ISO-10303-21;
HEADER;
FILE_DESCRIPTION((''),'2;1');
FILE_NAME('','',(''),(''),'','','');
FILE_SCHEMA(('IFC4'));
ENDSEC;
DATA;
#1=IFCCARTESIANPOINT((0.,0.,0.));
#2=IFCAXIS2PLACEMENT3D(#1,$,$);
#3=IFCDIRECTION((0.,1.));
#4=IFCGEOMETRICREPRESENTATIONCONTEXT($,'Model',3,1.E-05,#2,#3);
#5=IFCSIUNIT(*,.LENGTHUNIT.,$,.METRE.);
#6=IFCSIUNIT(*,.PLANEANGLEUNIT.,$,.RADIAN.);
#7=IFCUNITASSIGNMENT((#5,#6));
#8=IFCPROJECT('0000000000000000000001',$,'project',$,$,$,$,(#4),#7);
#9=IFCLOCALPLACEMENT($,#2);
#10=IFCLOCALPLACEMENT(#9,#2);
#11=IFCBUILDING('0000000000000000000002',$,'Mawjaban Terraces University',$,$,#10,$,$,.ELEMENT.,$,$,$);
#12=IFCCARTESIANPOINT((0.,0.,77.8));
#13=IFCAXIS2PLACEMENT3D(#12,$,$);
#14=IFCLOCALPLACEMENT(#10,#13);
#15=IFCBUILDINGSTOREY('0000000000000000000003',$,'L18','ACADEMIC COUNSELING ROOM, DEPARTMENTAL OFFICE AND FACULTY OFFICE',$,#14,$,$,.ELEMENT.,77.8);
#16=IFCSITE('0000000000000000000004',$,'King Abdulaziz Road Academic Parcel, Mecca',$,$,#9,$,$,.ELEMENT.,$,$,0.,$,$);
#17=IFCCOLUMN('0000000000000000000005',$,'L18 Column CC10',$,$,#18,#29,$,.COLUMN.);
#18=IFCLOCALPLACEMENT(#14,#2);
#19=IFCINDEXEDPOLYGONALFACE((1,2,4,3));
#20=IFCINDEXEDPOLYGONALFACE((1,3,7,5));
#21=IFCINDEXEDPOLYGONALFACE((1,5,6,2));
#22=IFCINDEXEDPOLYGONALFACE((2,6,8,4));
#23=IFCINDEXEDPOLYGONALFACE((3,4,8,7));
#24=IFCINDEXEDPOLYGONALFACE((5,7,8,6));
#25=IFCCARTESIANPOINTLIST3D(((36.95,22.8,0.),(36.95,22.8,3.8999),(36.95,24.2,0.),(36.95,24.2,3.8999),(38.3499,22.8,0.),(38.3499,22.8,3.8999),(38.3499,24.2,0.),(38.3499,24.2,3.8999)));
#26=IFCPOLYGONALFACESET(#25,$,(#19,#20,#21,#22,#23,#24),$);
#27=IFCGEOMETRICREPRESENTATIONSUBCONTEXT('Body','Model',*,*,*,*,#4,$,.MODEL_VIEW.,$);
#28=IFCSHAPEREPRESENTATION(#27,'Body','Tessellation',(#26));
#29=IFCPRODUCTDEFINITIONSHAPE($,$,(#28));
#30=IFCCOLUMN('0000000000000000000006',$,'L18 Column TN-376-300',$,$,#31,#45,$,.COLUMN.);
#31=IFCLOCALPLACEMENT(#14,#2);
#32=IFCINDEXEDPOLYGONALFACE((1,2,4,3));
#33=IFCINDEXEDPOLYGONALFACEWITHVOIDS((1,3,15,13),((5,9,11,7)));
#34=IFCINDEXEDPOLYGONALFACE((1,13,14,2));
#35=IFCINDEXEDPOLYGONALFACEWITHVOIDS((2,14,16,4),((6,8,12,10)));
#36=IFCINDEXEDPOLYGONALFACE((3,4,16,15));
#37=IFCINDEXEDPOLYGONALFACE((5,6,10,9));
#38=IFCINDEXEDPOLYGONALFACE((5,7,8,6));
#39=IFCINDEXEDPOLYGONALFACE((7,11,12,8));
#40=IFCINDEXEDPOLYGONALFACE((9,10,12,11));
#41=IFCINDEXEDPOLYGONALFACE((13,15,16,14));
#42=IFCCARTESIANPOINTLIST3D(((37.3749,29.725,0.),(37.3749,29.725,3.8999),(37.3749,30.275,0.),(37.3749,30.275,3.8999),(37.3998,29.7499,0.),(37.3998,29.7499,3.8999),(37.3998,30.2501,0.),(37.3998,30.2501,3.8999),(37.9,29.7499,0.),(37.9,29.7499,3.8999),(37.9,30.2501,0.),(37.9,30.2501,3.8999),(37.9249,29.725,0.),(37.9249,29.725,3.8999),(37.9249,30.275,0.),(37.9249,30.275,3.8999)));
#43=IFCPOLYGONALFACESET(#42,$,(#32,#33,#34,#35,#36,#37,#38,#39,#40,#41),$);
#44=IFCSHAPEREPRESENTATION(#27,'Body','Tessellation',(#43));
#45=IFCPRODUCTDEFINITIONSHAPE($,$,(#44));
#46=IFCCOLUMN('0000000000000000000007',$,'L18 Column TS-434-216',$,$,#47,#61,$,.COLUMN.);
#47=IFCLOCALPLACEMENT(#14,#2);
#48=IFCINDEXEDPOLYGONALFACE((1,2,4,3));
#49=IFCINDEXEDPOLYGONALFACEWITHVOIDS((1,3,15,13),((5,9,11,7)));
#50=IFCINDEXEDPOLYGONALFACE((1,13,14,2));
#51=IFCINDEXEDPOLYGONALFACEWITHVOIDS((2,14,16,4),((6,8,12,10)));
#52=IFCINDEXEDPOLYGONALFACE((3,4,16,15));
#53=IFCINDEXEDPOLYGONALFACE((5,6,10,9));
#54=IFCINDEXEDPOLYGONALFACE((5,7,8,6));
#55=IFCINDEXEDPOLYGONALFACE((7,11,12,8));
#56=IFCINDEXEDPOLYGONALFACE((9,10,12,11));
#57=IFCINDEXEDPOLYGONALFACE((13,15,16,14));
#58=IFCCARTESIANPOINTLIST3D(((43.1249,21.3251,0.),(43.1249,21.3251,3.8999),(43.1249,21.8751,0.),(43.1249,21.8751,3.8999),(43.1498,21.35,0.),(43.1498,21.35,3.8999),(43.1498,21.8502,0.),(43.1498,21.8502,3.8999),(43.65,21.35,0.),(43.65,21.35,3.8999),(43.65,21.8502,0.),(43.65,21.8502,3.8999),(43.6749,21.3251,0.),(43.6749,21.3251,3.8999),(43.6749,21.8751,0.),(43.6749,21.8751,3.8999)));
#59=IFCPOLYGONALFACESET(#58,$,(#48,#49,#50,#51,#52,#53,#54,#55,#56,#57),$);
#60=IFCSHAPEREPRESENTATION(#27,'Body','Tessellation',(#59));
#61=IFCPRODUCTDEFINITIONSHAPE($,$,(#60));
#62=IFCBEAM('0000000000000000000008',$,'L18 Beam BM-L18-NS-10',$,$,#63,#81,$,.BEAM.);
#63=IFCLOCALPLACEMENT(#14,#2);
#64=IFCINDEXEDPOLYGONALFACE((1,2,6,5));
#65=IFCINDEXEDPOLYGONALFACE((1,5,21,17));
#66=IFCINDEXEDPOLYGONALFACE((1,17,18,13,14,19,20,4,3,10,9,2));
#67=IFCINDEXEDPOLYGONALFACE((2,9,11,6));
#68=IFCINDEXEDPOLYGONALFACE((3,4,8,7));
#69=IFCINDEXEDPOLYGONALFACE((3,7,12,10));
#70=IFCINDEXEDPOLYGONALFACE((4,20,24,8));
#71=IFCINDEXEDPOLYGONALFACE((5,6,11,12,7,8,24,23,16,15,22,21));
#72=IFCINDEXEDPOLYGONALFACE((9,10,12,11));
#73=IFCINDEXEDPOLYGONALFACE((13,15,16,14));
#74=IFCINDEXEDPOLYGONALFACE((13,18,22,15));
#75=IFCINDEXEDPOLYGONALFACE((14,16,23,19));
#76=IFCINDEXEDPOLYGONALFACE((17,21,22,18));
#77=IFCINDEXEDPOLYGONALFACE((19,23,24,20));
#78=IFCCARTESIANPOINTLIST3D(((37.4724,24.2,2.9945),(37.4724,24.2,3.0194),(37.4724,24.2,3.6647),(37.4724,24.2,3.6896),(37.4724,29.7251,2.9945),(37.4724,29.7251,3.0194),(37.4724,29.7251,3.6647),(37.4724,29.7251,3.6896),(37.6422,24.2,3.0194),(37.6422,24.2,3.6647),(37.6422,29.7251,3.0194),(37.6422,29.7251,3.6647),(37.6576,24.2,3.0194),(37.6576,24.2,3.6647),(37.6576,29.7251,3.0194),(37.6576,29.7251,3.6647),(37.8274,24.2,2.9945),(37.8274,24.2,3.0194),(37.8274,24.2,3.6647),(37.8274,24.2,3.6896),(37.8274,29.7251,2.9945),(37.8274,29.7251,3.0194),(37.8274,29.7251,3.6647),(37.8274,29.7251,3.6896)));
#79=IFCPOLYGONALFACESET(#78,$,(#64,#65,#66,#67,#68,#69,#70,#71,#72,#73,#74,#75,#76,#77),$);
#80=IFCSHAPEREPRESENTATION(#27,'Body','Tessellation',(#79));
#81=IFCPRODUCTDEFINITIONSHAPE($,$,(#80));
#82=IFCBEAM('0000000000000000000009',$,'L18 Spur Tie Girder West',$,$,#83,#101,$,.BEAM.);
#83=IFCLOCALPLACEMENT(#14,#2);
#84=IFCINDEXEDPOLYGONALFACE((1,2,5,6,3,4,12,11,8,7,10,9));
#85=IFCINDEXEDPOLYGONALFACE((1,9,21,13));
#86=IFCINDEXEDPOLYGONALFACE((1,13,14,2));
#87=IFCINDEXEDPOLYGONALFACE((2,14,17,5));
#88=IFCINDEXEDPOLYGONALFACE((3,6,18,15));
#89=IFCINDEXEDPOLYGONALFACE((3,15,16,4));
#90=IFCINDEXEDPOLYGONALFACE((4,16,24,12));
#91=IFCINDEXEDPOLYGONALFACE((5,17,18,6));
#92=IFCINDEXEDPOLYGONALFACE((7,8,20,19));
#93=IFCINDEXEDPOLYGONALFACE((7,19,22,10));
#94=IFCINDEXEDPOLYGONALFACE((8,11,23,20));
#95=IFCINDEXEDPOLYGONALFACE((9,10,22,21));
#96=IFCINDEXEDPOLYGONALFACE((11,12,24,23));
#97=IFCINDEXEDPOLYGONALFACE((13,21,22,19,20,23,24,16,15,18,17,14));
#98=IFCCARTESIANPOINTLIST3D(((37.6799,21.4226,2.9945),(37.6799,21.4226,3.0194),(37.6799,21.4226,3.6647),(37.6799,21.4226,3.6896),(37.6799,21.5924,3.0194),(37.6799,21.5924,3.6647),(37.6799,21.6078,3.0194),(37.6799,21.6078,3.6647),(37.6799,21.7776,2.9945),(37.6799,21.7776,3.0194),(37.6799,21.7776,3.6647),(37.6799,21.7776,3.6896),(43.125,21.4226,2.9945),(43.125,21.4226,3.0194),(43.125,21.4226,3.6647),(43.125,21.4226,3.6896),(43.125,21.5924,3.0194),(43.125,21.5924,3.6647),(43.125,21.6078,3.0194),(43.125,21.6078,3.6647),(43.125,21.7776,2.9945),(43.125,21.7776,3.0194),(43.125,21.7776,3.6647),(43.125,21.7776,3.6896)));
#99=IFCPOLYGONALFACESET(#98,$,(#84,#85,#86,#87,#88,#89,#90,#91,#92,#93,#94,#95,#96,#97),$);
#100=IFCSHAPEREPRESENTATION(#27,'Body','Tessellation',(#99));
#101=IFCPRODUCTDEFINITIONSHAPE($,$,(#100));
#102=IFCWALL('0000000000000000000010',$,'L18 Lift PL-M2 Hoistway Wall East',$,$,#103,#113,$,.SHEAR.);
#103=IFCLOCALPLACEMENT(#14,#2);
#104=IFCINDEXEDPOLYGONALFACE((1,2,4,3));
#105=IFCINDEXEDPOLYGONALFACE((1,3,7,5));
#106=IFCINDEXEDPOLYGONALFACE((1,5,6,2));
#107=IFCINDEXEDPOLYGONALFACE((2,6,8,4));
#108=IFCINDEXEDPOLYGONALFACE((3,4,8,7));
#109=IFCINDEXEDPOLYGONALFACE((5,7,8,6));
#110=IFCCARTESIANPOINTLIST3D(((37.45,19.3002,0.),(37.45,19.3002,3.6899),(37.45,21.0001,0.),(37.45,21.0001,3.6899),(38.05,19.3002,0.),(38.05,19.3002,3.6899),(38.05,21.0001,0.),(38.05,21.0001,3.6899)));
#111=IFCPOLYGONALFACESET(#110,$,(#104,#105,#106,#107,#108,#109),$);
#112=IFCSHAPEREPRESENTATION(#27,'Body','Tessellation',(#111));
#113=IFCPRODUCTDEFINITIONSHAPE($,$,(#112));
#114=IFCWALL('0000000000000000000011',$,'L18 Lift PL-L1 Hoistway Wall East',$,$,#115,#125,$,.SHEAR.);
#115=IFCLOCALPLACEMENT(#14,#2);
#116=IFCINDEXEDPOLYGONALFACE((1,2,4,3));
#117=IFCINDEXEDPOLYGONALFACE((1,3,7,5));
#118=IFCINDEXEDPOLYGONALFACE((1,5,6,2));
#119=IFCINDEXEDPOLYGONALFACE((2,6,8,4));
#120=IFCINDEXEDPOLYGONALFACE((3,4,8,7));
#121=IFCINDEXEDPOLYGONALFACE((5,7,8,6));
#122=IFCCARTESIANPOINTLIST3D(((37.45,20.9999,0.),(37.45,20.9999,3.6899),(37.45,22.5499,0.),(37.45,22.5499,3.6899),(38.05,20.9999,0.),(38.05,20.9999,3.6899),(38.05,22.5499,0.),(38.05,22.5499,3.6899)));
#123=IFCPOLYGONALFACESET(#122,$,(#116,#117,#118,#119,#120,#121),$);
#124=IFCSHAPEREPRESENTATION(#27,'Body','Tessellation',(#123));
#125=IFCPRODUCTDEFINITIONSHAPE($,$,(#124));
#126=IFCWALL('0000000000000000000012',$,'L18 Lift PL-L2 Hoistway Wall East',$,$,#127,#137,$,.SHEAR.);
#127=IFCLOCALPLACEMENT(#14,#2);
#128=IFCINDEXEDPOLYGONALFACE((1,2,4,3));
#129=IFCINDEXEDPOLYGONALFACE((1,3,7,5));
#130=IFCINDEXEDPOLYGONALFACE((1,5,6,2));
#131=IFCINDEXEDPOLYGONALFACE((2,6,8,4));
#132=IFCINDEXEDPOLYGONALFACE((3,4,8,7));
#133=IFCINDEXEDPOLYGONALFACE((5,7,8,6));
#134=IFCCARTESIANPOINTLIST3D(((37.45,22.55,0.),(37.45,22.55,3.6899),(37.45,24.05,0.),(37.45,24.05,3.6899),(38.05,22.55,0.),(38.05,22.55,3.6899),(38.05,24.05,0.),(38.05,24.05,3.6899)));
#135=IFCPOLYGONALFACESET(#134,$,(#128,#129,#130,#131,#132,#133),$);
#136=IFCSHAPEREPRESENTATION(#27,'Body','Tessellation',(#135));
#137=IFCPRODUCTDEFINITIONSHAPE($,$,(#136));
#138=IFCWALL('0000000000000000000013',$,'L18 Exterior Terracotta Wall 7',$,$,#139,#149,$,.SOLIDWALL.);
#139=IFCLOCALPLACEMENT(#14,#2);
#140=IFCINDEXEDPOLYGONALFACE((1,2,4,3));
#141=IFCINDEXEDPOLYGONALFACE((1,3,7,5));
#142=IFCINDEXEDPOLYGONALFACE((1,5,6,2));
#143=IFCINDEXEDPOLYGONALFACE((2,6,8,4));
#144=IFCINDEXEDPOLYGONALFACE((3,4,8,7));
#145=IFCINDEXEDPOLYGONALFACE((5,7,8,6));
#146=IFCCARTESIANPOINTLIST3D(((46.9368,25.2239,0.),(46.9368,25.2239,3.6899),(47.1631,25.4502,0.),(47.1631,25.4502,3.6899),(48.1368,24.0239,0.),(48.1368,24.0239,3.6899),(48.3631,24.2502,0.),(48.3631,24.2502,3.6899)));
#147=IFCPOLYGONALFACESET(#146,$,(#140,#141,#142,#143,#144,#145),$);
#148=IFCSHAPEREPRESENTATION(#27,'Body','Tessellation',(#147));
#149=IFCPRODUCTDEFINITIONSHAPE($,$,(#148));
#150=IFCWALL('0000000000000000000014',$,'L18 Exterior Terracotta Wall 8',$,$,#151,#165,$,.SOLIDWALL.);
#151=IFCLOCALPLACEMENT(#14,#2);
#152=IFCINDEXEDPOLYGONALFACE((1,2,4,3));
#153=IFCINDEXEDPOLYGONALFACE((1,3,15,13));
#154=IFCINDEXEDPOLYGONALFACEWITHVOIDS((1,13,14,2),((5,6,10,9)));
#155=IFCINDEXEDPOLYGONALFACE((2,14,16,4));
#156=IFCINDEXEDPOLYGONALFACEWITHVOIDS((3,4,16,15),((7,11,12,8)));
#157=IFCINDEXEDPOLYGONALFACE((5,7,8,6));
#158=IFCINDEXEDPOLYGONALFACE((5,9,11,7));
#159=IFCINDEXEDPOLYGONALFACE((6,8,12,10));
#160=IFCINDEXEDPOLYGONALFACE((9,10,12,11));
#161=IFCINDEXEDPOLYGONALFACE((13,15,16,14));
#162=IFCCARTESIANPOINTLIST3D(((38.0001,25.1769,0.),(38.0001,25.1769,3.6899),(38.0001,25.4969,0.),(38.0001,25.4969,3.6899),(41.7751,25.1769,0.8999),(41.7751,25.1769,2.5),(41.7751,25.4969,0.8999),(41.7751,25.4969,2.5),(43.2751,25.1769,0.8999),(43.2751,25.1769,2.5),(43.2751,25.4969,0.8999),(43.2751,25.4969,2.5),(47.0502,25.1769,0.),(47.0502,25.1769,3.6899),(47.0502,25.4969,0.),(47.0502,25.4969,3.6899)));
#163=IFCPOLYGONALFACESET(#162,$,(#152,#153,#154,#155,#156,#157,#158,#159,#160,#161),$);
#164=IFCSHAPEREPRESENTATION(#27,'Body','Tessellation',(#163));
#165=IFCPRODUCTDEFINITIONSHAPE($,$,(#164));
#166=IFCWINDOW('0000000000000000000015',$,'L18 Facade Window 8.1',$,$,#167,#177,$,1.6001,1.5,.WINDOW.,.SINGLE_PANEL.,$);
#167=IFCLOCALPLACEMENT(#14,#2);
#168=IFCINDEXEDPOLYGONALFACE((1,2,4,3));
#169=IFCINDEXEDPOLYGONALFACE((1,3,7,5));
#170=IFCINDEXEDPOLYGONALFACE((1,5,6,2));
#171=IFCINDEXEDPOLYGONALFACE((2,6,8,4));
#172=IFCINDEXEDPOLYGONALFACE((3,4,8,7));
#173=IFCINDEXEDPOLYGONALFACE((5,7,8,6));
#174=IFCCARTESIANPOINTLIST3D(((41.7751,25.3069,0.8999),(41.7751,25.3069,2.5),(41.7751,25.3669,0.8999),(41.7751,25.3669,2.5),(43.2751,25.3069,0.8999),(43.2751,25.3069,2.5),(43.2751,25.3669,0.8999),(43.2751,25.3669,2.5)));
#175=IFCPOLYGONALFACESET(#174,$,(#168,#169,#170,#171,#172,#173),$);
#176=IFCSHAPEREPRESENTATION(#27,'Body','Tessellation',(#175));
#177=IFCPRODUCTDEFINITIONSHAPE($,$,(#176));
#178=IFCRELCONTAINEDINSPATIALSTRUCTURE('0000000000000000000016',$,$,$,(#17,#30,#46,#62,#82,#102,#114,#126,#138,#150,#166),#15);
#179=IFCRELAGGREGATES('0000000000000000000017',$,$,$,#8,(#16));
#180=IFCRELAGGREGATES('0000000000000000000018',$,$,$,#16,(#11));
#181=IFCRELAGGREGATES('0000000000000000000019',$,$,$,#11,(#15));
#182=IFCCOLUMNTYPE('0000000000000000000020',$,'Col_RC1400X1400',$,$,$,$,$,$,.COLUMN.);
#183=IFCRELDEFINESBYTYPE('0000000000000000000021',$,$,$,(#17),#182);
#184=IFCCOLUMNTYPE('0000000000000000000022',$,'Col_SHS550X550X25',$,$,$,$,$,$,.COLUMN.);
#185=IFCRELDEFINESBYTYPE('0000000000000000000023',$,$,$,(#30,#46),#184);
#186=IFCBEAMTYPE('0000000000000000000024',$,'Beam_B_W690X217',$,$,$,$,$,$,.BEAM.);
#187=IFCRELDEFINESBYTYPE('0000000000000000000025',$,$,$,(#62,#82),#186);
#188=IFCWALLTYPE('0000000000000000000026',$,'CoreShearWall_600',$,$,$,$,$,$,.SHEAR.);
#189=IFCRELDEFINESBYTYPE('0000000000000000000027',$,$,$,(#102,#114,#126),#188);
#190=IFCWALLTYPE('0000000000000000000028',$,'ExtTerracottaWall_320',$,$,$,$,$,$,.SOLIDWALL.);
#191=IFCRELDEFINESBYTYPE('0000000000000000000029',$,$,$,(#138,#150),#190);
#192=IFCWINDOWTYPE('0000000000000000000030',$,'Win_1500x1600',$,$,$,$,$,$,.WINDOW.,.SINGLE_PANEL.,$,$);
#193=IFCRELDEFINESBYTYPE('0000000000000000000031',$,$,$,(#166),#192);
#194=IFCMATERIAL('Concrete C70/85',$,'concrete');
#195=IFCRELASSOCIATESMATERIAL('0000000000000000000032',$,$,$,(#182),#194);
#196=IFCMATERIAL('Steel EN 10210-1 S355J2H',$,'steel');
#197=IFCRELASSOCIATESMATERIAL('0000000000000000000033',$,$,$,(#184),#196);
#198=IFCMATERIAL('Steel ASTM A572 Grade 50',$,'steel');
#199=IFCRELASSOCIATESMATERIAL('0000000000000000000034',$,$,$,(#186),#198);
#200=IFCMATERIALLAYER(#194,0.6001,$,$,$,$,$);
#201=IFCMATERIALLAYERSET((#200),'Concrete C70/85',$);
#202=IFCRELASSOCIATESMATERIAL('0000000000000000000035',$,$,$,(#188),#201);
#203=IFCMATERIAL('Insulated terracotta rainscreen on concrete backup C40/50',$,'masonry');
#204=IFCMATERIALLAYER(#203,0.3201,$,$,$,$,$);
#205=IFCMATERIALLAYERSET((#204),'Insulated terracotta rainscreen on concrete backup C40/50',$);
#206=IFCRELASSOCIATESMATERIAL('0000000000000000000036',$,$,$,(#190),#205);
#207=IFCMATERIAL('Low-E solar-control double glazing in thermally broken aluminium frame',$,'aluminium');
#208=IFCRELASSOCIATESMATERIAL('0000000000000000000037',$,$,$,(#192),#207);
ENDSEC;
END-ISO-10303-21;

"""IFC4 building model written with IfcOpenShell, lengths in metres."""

from ifc_helpers import new_model, si_unit, direction, frame, frame_2d, origin, origin_2d, place, context, subcontext, project, spatial, rectangle, hollow_rectangle, i_section, extrude, material, layer, layer_set, material_profile, profile_set, type_object, element, fill, save


model = new_model("IFC4")

# Units and contexts
model_context = context("Model", 3, precision=1e-05, world=origin(), true_north=direction((0.0, 1.0)))
body_context = subcontext(model_context, "Body", "Model", "MODEL_VIEW")
ifc_project = project(units=[si_unit("LENGTHUNIT", "METRE"), si_unit("PLANEANGLEUNIT", "RADIAN")], contexts=[model_context])

# Site, building, storey
site_placement = place(None, origin())
site = spatial("IfcSite", under=ifc_project, at=site_placement, Name="King Abdulaziz Road Academic Parcel, Mecca", CompositionType="ELEMENT", RefElevation=0.0)
building_placement = place(site_placement, origin())
building = spatial("IfcBuilding", under=site, at=building_placement, Name="Mawjaban Terraces University", CompositionType="ELEMENT")
storey_placement = place(building_placement, frame((0.0, 0.0, 77.8)))
storey = spatial("IfcBuildingStorey", under=building, at=storey_placement, Name="L18", Description="ACADEMIC COUNSELING ROOM, DEPARTMENTAL OFFICE AND FACULTY OFFICE", CompositionType="ELEMENT", Elevation=77.8)

# Columns
ifc_material_1 = material(Name="Concrete C70/85", Category="concrete")
ifc_material_profile_1 = material_profile(ifc_material_1, rectangle(XDim=1.3999, YDim=1.3999, at=origin_2d()), Name="RC1400X1400")
ifc_profile_set_1 = profile_set([ifc_material_profile_1], Name="Concrete C70/85")
column_type_1 = type_object("IfcColumnType", Name="Col_RC1400X1400", PredefinedType="COLUMN", material=ifc_profile_set_1)
column_placement = place(storey_placement, frame((37.6499, 23.5, 0.0), z_axis=(0.0, 0.0, 1.0), x_axis=(1.0, 0.0, 0.0)))
element("IfcColumn", 1, at=column_placement, inside=storey, type_object=column_type_1, Name="L18 Column CC10", PredefinedType="COLUMN", context=body_context, shape_type="SweptSolid", body=[
    extrude(rectangle(XDim=1.3999, YDim=1.3999, at=origin_2d()), origin(), (0.0, 0.0, 1.0), 3.8999),
])
ifc_material_2 = material(Name="Steel EN 10210-1 S355J2H", Category="steel")
ifc_material_profile_2 = material_profile(ifc_material_2, hollow_rectangle(XDim=0.55, YDim=0.55, WallThickness=0.0249, at=origin_2d()), Name="SHS550X550X25")
ifc_profile_set_2 = profile_set([ifc_material_profile_2], Name="Steel EN 10210-1 S355J2H")
column_type_2 = type_object("IfcColumnType", Name="Col_SHS550X550X25", PredefinedType="COLUMN", material=ifc_profile_set_2)
for number, where, z_axis, x_axis, name in (
    (2, (37.6499, 30.0, 0.0), (0.0, 0.0, 1.0), (1.0, 0.0, 0.0), "L18 Column TN-376-300"),
    (3, (43.3999, 21.6001, 0.0), (0.0, 0.0, 1.0), (1.0, 0.0, 0.0), "L18 Column TS-434-216"),
):
    element("IfcColumn", number, at=place(storey_placement, frame(where, z_axis=z_axis, x_axis=x_axis)), inside=storey, type_object=column_type_2, Name=name, PredefinedType="COLUMN", context=body_context, shape_type="SweptSolid", body=[
        extrude(hollow_rectangle(XDim=0.55, YDim=0.55, WallThickness=0.0249, at=origin_2d()), origin(), (0.0, 0.0, 1.0), 3.8999),
    ])

# Beams
ifc_material_3 = material(Name="Steel ASTM A572 Grade 50", Category="steel")
ifc_material_profile_3 = material_profile(ifc_material_3, i_section(OverallWidth=0.355, OverallDepth=0.6951, WebThickness=0.0154, FlangeThickness=0.0249, at=origin_2d()), Name="W690X217")
ifc_profile_set_3 = profile_set([ifc_material_profile_3], Name="Steel ASTM A572 Grade 50")
beam_type = type_object("IfcBeamType", Name="Beam_B_W690X217", PredefinedType="BEAM", material=ifc_profile_set_3)
beam_1_placement = place(storey_placement, frame((37.6499, 24.2, 3.342), z_axis=(0.0, 1.0, 0.0), x_axis=(-1.0, 0.0, 0.0)))
element("IfcBeam", 4, at=beam_1_placement, inside=storey, type_object=beam_type, Name="L18 Beam BM-L18-NS-10", PredefinedType="BEAM", context=body_context, shape_type="SweptSolid", body=[
    extrude(i_section(OverallWidth=0.355, OverallDepth=0.6951, WebThickness=0.0154, FlangeThickness=0.0249, at=origin_2d()), origin(), (0.0, 0.0, 1.0), 5.5251),
])
beam_2_placement = place(storey_placement, frame((37.6799, 21.6001, 3.342), z_axis=(1.0, 0.0, 0.0), x_axis=(0.0, 1.0, 0.0)))
element("IfcBeam", 5, at=beam_2_placement, inside=storey, type_object=beam_type, Name="L18 Spur Tie Girder West", PredefinedType="BEAM", context=body_context, shape_type="SweptSolid", body=[
    extrude(i_section(OverallWidth=0.355, OverallDepth=0.6951, WebThickness=0.0154, FlangeThickness=0.0249, at=origin_2d()), origin(), (0.0, 0.0, 1.0), 5.4451),
])

# Walls
ifc_layer_1 = layer(ifc_material_1, 0.6001)
ifc_layer_set_1 = layer_set([ifc_layer_1], Name="Concrete C70/85")
wall_type_1 = type_object("IfcWallType", Name="CoreShearWall_600", PredefinedType="SHEAR", material=ifc_layer_set_1)
wall_1_placement = place(storey_placement, frame((37.75, 19.3, 0.0), z_axis=(0.0, 0.0, 1.0), x_axis=(0.0, 1.0, 0.0)))
element("IfcWall", 6, at=wall_1_placement, inside=storey, type_object=wall_type_1, Name="L18 Lift PL-M2 Hoistway Wall East", PredefinedType="SHEAR", context=body_context, shape_type="SweptSolid", body=[
    extrude(rectangle(XDim=1.7, YDim=0.6001, at=frame_2d((0.8501, 0.0))), origin(), (0.0, 0.0, 1.0), 3.6899),
])
wall_2_placement = place(storey_placement, frame((37.75, 21.0, 0.0), z_axis=(0.0, 0.0, 1.0), x_axis=(0.0, 1.0, 0.0)))
element("IfcWall", 7, at=wall_2_placement, inside=storey, type_object=wall_type_1, Name="L18 Lift PL-L1 Hoistway Wall East", PredefinedType="SHEAR", context=body_context, shape_type="SweptSolid", body=[
    extrude(rectangle(XDim=1.55, YDim=0.6001, at=frame_2d((0.7749, 0.0))), origin(), (0.0, 0.0, 1.0), 3.6899),
])
wall_3_placement = place(storey_placement, frame((37.75, 22.55, 0.0), z_axis=(0.0, 0.0, 1.0), x_axis=(0.0, 1.0, 0.0)))
element("IfcWall", 8, at=wall_3_placement, inside=storey, type_object=wall_type_1, Name="L18 Lift PL-L2 Hoistway Wall East", PredefinedType="SHEAR", context=body_context, shape_type="SweptSolid", body=[
    extrude(rectangle(XDim=1.5, YDim=0.6001, at=frame_2d((0.75, 0.0))), origin(), (0.0, 0.0, 1.0), 3.6899),
])
ifc_material_4 = material(Name="Insulated terracotta rainscreen on concrete backup C40/50", Category="masonry")
ifc_layer_2 = layer(ifc_material_4, 0.3201)
ifc_layer_set_2 = layer_set([ifc_layer_2], Name="Insulated terracotta rainscreen on concrete backup C40/50")
wall_type_2 = type_object("IfcWallType", Name="ExtTerracottaWall_320", PredefinedType="SOLIDWALL", material=ifc_layer_set_2)
wall_4_placement = place(storey_placement, frame((48.25, 24.137, 0.0), z_axis=(0.0, 0.0, 1.0), x_axis=(-0.707107, 0.707107, 0.0)))
element("IfcWall", 9, at=wall_4_placement, inside=storey, type_object=wall_type_2, Name="L18 Exterior Terracotta Wall 7", PredefinedType="SOLIDWALL", context=body_context, shape_type="SweptSolid", body=[
    extrude(rectangle(XDim=1.697, YDim=0.3201, at=frame_2d((0.8486, 0.0))), origin(), (0.0, 0.0, 1.0), 3.6899),
])

# Wall, opening, window
wall_5_placement = place(storey_placement, frame((47.05, 25.3369, 0.0), z_axis=(0.0, 0.0, 1.0), x_axis=(-1.0, 0.0, 0.0)))
wall_5 = element("IfcWall", 10, at=wall_5_placement, inside=storey, type_object=wall_type_2, Name="L18 Exterior Terracotta Wall 8", PredefinedType="SOLIDWALL", context=body_context, shape_type="SweptSolid", body=[
    extrude(rectangle(XDim=9.05, YDim=0.3201, at=frame_2d((4.5249, 0.0))), origin(), (0.0, 0.0, 1.0), 3.6899),
])
opening_1_placement = place(wall_5_placement, frame((3.7749, 0.0, 0.8999)))
opening_1 = element("IfcOpeningElement", 11, at=opening_1_placement, cuts=wall_5, PredefinedType="OPENING", context=body_context, shape_type="SweptSolid", body=[
    extrude(rectangle(XDim=1.5, YDim=1.6001, at=frame_2d((0.75, 0.8))), frame((0.0, 0.1699, 0.0), z_axis=(0.0, -1.0, 0.0), x_axis=(1.0, 0.0, 0.0)), (0.0, 0.0, 1.0), 0.3401),
])
ifc_material_5 = material(Name="Low-E solar-control double glazing in thermally broken aluminium frame", Category="aluminium")
window_type_1 = type_object("IfcWindowType", Name="Win_1500x1600", PartitioningType="SINGLE_PANEL", PredefinedType="WINDOW", material=ifc_material_5)
window_1_placement = place(opening_1_placement, origin())
window_1 = element("IfcWindow", 12, at=window_1_placement, inside=storey, type_object=window_type_1, Name="L18 Facade Window 8.1", OverallHeight=1.6001, OverallWidth=1.5, PartitioningType="SINGLE_PANEL", PredefinedType="WINDOW", context=body_context, shape_type="SweptSolid", body=[
    extrude(rectangle(XDim=1.5, YDim=1.6001, at=frame_2d((0.75, 0.8))), frame((0.0, 0.03, 0.0), z_axis=(0.0, -1.0, 0.0), x_axis=(1.0, 0.0, 0.0)), (0.0, 0.0, 1.0), 0.0601),
])
fill(opening_1, window_1)

save(model, "model.ifc")
